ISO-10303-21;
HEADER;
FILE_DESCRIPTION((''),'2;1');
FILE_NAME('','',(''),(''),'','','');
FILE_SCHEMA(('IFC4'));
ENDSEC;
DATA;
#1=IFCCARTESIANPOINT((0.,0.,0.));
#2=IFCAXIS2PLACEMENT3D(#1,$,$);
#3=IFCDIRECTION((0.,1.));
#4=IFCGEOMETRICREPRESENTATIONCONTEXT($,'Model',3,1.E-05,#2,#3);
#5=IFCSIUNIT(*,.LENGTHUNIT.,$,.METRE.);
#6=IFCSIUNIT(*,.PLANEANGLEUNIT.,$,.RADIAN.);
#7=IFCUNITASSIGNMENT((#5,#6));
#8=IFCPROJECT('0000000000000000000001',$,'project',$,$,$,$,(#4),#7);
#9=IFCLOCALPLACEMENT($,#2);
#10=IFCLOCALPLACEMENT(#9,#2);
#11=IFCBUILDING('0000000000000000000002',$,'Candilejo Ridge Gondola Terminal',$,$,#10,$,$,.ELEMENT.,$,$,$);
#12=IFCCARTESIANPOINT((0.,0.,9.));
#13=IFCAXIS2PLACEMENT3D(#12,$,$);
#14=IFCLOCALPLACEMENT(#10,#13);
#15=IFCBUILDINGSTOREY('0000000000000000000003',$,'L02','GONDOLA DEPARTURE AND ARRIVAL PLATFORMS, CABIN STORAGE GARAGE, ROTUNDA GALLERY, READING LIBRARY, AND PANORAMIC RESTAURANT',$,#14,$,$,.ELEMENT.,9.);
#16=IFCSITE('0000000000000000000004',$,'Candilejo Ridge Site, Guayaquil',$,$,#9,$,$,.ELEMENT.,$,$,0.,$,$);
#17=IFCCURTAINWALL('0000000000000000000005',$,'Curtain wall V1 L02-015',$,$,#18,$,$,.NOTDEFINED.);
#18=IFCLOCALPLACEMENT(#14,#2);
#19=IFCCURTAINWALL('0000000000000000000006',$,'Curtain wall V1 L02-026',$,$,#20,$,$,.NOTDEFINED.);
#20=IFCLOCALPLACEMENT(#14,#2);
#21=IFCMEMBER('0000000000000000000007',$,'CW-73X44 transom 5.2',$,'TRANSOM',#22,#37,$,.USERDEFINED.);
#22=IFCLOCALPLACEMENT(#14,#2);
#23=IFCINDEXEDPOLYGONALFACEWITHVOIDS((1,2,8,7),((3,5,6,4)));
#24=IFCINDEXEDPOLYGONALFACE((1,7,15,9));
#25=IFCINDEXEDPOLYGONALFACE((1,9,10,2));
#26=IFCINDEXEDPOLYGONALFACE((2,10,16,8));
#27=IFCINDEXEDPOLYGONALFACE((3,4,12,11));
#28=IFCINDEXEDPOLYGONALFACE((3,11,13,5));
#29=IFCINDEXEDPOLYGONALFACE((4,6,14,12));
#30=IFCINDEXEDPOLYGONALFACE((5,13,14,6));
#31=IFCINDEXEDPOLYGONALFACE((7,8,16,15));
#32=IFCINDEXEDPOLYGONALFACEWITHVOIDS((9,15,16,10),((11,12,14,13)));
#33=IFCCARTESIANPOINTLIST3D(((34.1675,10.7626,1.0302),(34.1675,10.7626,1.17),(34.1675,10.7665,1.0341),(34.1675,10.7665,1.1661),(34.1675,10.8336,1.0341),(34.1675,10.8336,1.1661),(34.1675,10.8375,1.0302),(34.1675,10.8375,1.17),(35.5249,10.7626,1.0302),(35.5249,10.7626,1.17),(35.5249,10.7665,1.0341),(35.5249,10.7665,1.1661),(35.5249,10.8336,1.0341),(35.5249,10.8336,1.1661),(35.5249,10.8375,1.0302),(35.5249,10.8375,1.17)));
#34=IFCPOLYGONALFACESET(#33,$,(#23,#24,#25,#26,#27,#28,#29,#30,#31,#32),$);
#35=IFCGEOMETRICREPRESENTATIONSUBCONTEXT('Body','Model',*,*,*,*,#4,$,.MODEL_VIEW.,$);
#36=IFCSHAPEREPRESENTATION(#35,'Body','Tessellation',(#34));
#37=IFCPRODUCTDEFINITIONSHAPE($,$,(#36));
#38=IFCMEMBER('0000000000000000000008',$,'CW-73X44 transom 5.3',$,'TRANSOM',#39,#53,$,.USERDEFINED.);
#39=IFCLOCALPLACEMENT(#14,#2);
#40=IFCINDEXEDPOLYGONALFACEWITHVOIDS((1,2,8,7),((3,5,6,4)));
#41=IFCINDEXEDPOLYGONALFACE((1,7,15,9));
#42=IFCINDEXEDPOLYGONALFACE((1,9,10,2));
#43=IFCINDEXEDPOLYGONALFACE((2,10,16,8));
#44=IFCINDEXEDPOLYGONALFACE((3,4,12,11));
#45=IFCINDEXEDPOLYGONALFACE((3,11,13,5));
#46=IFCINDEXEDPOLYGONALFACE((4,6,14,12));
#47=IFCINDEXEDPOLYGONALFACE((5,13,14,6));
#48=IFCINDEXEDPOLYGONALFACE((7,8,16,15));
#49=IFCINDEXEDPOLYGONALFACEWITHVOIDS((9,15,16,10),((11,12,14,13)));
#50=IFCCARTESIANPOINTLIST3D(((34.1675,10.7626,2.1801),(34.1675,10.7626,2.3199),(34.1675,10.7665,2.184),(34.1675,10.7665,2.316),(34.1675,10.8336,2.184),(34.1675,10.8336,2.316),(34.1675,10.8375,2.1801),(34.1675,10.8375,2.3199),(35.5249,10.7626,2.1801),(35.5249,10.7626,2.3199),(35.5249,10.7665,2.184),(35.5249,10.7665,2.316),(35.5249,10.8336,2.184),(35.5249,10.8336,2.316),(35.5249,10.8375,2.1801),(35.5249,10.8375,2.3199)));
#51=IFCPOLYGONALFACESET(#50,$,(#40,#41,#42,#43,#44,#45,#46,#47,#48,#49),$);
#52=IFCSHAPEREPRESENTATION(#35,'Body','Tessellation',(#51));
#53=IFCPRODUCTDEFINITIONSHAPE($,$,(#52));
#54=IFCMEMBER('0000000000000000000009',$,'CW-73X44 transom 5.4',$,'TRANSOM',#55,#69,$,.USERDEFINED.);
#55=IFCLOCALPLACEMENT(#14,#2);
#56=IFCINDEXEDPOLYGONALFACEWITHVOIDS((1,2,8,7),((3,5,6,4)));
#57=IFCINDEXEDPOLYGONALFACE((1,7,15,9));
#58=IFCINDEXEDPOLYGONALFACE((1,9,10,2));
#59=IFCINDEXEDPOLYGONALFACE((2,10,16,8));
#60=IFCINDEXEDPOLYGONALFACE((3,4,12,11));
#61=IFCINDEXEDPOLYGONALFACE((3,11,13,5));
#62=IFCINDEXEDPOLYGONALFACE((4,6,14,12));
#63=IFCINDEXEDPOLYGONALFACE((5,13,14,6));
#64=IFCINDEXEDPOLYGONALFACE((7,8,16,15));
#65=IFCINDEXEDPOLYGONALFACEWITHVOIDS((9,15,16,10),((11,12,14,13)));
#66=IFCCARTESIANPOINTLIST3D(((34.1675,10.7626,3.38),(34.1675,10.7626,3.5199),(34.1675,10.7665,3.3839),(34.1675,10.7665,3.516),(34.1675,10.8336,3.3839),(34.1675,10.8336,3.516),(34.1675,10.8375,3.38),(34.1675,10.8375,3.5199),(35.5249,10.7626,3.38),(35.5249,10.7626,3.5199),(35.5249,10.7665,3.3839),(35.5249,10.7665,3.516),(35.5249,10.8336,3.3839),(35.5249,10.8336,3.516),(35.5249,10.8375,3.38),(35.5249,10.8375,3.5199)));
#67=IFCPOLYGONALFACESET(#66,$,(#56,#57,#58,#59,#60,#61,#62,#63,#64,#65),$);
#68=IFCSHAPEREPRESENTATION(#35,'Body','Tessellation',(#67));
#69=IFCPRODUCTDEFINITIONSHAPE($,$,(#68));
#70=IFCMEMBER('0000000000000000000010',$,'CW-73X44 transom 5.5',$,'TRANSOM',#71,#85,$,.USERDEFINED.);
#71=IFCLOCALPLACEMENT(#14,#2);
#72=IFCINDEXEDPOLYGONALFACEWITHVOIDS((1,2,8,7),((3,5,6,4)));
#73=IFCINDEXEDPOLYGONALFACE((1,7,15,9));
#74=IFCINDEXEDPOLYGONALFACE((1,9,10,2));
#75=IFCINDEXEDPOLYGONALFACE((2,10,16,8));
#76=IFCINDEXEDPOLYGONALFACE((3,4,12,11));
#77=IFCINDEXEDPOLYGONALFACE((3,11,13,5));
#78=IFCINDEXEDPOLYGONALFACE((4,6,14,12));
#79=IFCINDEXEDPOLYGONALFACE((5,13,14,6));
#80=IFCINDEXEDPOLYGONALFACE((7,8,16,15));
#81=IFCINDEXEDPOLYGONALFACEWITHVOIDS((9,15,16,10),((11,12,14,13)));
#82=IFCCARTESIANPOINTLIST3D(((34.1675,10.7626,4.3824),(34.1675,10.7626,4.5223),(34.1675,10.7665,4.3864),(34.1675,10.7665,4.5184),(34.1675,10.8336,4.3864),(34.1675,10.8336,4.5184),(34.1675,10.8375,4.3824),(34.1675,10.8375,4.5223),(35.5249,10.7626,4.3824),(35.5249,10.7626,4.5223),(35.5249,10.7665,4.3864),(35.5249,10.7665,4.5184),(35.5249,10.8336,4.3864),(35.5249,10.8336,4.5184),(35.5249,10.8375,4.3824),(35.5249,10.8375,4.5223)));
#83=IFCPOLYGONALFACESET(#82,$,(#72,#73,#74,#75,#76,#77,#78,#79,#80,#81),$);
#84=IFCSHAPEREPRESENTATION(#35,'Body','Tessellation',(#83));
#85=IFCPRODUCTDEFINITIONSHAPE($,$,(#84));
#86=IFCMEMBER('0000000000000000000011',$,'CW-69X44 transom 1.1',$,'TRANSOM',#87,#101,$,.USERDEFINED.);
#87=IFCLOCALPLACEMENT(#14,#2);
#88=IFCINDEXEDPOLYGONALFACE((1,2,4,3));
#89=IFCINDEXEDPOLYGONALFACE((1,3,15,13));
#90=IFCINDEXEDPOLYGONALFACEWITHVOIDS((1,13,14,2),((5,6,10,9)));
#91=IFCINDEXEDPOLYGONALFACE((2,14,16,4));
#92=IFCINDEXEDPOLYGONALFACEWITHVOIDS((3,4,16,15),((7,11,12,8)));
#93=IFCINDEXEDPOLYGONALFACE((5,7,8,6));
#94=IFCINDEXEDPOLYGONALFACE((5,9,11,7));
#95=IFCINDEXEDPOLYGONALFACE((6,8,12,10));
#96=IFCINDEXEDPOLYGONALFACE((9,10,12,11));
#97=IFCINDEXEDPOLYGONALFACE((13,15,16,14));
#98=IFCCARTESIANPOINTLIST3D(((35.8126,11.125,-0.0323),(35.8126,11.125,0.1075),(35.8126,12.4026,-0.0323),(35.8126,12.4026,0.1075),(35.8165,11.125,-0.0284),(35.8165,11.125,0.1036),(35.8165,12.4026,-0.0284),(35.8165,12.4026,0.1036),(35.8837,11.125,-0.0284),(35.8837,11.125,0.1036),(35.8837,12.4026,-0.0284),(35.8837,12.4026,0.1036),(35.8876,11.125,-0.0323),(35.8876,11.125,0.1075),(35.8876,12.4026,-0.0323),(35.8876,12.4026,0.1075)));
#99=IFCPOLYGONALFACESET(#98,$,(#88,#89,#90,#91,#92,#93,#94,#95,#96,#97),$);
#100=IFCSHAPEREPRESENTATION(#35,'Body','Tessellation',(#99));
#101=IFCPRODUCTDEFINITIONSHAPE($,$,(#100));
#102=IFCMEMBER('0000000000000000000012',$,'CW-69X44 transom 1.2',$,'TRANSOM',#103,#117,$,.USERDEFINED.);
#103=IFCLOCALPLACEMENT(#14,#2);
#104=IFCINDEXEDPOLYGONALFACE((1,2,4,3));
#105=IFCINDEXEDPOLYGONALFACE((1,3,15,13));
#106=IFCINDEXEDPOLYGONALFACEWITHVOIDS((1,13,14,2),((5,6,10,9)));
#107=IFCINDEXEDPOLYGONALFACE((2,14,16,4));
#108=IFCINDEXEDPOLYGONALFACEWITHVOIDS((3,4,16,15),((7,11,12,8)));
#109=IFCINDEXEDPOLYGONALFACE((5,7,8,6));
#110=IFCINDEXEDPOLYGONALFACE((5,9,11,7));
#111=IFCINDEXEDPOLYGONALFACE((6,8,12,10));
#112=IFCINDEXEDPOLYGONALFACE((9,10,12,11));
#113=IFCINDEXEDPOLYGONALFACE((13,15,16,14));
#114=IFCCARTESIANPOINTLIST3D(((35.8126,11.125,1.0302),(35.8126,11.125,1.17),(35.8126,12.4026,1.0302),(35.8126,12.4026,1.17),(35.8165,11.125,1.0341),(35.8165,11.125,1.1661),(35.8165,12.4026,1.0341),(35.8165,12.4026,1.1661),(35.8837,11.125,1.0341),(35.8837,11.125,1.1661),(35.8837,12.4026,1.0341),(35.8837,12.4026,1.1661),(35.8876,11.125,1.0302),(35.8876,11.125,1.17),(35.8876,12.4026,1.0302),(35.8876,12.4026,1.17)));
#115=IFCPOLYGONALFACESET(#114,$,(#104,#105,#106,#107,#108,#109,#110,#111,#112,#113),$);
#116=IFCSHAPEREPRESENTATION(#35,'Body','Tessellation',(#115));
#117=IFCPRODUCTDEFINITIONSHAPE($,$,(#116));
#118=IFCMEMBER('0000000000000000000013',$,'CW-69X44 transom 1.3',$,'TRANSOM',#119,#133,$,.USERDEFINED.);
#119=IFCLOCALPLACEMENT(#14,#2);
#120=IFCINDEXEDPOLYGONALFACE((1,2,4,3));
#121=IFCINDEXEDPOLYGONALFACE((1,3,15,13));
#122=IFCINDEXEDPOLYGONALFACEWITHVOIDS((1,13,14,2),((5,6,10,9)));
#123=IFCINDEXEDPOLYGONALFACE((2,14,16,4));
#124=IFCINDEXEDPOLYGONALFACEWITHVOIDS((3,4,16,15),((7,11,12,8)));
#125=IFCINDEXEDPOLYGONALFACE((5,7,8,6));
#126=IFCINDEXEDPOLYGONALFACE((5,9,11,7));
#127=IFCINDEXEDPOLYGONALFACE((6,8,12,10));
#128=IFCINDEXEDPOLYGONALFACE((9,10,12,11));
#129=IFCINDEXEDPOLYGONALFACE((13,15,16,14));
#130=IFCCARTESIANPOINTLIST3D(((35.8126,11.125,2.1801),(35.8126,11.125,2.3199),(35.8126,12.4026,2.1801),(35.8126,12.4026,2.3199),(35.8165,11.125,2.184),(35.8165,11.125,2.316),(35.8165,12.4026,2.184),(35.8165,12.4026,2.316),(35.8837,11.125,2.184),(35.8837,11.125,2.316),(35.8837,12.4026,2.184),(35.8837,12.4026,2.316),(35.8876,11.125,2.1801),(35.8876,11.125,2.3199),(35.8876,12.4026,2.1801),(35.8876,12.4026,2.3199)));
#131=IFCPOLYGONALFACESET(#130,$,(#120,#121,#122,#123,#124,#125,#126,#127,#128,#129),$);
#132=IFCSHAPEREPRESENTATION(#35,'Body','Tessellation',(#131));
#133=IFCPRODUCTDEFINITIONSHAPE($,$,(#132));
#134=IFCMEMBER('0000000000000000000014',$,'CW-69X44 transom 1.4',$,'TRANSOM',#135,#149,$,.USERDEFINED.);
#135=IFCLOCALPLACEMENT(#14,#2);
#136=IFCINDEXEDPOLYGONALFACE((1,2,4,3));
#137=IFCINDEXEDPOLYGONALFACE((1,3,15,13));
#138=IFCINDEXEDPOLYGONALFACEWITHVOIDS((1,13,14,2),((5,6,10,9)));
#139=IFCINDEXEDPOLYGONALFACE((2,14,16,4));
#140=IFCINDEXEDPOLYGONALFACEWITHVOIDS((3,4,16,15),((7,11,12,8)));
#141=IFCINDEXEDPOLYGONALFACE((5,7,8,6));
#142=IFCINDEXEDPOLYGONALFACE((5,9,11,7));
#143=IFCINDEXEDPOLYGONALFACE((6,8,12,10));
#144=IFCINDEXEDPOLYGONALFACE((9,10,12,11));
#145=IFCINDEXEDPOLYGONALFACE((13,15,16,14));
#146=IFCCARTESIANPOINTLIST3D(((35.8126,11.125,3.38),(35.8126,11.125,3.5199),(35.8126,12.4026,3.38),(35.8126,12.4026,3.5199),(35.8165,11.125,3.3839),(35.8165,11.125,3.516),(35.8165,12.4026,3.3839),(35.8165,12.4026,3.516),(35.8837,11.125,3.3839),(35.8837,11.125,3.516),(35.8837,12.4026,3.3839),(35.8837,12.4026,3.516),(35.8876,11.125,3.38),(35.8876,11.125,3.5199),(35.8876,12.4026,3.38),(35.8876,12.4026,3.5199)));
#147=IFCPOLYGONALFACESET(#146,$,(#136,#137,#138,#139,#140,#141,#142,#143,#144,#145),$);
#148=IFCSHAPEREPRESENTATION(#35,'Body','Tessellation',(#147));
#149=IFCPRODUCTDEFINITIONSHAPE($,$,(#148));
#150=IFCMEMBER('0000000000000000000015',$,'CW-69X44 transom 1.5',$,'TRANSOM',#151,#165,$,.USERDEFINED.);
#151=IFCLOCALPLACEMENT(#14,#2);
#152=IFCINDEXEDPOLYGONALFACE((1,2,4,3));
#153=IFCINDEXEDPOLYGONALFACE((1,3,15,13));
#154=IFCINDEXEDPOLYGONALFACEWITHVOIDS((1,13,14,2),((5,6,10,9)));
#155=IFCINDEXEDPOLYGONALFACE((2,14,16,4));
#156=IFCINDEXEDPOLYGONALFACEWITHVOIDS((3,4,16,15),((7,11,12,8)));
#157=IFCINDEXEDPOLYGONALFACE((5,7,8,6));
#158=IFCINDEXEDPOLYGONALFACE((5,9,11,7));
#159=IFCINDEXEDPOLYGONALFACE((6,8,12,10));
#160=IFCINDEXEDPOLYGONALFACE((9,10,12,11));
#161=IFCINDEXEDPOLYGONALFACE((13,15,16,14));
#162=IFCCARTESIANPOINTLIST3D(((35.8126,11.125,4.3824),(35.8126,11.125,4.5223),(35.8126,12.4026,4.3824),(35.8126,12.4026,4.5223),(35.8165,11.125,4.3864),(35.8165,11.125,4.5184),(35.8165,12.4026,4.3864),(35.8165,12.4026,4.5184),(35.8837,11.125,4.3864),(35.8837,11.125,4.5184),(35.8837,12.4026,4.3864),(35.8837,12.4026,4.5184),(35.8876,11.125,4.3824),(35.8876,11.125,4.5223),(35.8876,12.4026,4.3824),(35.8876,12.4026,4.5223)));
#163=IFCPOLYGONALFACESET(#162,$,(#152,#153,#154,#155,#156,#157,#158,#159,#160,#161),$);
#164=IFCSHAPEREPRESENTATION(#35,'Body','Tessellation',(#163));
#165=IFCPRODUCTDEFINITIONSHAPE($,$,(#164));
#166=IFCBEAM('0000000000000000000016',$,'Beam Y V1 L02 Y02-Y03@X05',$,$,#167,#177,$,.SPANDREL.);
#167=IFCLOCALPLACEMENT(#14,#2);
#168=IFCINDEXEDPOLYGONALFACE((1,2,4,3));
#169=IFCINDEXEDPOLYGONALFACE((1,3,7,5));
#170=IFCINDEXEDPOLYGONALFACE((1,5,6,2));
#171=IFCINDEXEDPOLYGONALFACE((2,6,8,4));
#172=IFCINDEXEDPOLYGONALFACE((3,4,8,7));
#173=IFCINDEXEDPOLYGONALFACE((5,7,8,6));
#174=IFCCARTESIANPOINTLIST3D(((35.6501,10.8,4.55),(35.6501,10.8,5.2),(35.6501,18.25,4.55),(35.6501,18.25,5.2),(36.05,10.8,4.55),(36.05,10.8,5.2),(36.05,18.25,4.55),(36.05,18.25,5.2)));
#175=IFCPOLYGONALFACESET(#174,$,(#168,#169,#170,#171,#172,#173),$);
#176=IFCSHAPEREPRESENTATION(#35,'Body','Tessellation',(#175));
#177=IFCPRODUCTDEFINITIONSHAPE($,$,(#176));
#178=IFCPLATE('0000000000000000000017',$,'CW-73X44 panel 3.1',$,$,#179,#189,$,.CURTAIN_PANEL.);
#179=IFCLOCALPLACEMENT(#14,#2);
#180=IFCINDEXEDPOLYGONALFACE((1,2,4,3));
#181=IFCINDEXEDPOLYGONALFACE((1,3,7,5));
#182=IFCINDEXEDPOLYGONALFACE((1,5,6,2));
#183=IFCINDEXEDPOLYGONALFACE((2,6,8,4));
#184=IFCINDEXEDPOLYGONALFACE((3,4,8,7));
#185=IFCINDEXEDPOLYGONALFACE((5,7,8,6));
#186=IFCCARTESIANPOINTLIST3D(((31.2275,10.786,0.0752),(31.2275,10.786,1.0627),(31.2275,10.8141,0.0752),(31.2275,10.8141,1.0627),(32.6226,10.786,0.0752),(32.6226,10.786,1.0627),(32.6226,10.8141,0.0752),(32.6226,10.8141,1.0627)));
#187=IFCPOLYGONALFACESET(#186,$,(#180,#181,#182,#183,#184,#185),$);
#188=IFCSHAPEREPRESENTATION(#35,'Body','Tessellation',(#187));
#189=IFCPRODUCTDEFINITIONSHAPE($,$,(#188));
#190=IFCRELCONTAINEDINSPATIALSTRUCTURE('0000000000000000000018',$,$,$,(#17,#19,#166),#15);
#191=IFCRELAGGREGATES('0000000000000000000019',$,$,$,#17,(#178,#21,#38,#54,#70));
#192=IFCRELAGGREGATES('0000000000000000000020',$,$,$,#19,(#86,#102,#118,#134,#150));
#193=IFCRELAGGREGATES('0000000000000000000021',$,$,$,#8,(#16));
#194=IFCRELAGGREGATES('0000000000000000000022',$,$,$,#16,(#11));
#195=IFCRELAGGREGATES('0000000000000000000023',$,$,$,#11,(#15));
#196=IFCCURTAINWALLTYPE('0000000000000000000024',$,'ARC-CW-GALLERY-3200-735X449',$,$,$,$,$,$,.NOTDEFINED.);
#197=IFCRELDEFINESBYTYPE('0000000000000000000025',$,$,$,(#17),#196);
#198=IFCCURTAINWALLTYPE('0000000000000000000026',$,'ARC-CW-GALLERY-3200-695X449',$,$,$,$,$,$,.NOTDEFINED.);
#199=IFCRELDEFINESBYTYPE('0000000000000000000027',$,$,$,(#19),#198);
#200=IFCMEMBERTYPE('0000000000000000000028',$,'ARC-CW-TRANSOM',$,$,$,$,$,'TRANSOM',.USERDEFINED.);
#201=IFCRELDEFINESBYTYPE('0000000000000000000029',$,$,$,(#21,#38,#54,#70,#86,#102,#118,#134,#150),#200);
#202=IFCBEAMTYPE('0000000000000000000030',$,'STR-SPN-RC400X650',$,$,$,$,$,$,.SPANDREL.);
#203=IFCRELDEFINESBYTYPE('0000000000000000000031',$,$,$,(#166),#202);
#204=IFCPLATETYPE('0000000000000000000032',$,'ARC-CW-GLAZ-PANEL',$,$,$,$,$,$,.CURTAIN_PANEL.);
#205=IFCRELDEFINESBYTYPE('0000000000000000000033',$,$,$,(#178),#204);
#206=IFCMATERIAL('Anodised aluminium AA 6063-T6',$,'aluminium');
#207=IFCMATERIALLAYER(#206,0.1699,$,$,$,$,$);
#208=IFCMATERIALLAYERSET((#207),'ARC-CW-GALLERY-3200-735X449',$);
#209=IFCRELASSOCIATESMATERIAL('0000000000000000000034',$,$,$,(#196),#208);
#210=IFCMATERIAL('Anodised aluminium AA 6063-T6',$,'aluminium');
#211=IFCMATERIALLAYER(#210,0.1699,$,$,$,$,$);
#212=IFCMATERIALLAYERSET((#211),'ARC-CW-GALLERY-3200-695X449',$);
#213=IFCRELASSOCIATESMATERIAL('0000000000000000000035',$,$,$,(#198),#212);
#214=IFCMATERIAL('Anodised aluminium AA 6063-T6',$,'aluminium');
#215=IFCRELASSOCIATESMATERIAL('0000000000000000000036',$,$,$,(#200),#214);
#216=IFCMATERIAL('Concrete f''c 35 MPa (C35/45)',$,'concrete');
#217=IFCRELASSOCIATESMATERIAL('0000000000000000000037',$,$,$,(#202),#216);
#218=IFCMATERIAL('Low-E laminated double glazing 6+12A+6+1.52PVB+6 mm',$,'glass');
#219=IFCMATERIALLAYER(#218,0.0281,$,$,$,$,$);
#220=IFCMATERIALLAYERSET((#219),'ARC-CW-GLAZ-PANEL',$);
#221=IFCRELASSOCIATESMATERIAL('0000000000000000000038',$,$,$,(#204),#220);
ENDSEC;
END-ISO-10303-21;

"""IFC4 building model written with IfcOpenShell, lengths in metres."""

from ifc_helpers import new_model, si_unit, direction, frame, origin, origin_2d, place, context, subcontext, project, spatial, rectangle, hollow_rectangle, extrude, material, layer, layer_set, material_profile, profile_set, type_object, element, aggregate, save


model = new_model("IFC4")

# Units and contexts
model_context = context("Model", 3, precision=1e-05, world=origin(), true_north=direction((0.0, 1.0)))
body_context = subcontext(model_context, "Body", "Model", "MODEL_VIEW")
ifc_project = project(units=[si_unit("LENGTHUNIT", "METRE"), si_unit("PLANEANGLEUNIT", "RADIAN")], contexts=[model_context])

# Site, building, storey
site_placement = place(None, origin())
site = spatial("IfcSite", under=ifc_project, at=site_placement, Name="Candilejo Ridge Site, Guayaquil", CompositionType="ELEMENT", RefElevation=0.0)
building_placement = place(site_placement, origin())
building = spatial("IfcBuilding", under=site, at=building_placement, Name="Candilejo Ridge Gondola Terminal", CompositionType="ELEMENT")
storey_placement = place(building_placement, frame((0.0, 0.0, 9.0)))
storey = spatial("IfcBuildingStorey", under=building, at=storey_placement, Name="L02", Description="GONDOLA DEPARTURE AND ARRIVAL PLATFORMS, CABIN STORAGE GARAGE, ROTUNDA GALLERY, READING LIBRARY, AND PANORAMIC RESTAURANT", CompositionType="ELEMENT", Elevation=9.0)

# Curtain wall
ifc_material_1 = material(Name="Anodised aluminium AA 6063-T6", Category="aluminium")
ifc_layer_1 = layer(ifc_material_1, 0.1699)
ifc_layer_set_1 = layer_set([ifc_layer_1], Name="ARC-CW-GALLERY-3200-735X449")
curtain_wall_type_1 = type_object("IfcCurtainWallType", Name="ARC-CW-GALLERY-3200-735X449", PredefinedType="NOTDEFINED", material=ifc_layer_set_1)
curtain_wall_1_placement = place(storey_placement, origin())
curtain_wall_1 = element("IfcCurtainWall", 1, at=curtain_wall_1_placement, inside=storey, type_object=curtain_wall_type_1, Name="Curtain wall V1 L02-015", PredefinedType="NOTDEFINED")

# Curtain wall
ifc_material_2 = material(Name="Anodised aluminium AA 6063-T6", Category="aluminium")
ifc_layer_2 = layer(ifc_material_2, 0.1699)
ifc_layer_set_2 = layer_set([ifc_layer_2], Name="ARC-CW-GALLERY-3200-695X449")
curtain_wall_type_2 = type_object("IfcCurtainWallType", Name="ARC-CW-GALLERY-3200-695X449", PredefinedType="NOTDEFINED", material=ifc_layer_set_2)
curtain_wall_2_placement = place(storey_placement, origin())
curtain_wall_2 = element("IfcCurtainWall", 2, at=curtain_wall_2_placement, inside=storey, type_object=curtain_wall_type_2, Name="Curtain wall V1 L02-026", PredefinedType="NOTDEFINED")

# Members
ifc_material_3 = material(Name="Anodised aluminium AA 6063-T6", Category="aluminium")
ifc_material_profile_1 = material_profile(ifc_material_3, hollow_rectangle(XDim=0.075, YDim=0.1399, WallThickness=0.0039, at=origin_2d()))
ifc_profile_set_1 = profile_set([ifc_material_profile_1], Name="Anodised aluminium AA 6063-T6")
member_type_1 = type_object("IfcMemberType", Name="ARC-CW-TRANSOM", ElementType="TRANSOM", PredefinedType="USERDEFINED", material=ifc_profile_set_1)
member_1_placement = place(storey_placement, frame((34.1675, 10.8, 1.1001), z_axis=(1.0, 0.0, 0.0), x_axis=(0.0, 1.0, 0.0)))
member_1 = element("IfcMember", 3, at=member_1_placement, type_object=member_type_1, Name="CW-73X44 transom 5.2", ObjectType="TRANSOM", PredefinedType="USERDEFINED", context=body_context, shape_type="SweptSolid", body=[
    extrude(hollow_rectangle(XDim=0.075, YDim=0.1399, WallThickness=0.0039, at=origin_2d()), origin(), (0.0, 0.0, 1.0), 1.3574),
])
member_2_placement = place(storey_placement, frame((34.1675, 10.8, 2.25), z_axis=(1.0, 0.0, 0.0), x_axis=(0.0, 1.0, 0.0)))
member_2 = element("IfcMember", 4, at=member_2_placement, type_object=member_type_1, Name="CW-73X44 transom 5.3", ObjectType="TRANSOM", PredefinedType="USERDEFINED", context=body_context, shape_type="SweptSolid", body=[
    extrude(hollow_rectangle(XDim=0.075, YDim=0.1399, WallThickness=0.0039, at=origin_2d()), origin(), (0.0, 0.0, 1.0), 1.3574),
])
member_3_placement = place(storey_placement, frame((34.1675, 10.8, 3.45), z_axis=(1.0, 0.0, 0.0), x_axis=(0.0, 1.0, 0.0)))
member_3 = element("IfcMember", 5, at=member_3_placement, type_object=member_type_1, Name="CW-73X44 transom 5.4", ObjectType="TRANSOM", PredefinedType="USERDEFINED", context=body_context, shape_type="SweptSolid", body=[
    extrude(hollow_rectangle(XDim=0.075, YDim=0.1399, WallThickness=0.0039, at=origin_2d()), origin(), (0.0, 0.0, 1.0), 1.3574),
])
member_4_placement = place(storey_placement, frame((34.1675, 10.8, 4.4524), z_axis=(1.0, 0.0, 0.0), x_axis=(0.0, 1.0, 0.0)))
member_4 = element("IfcMember", 6, at=member_4_placement, type_object=member_type_1, Name="CW-73X44 transom 5.5", ObjectType="TRANSOM", PredefinedType="USERDEFINED", context=body_context, shape_type="SweptSolid", body=[
    extrude(hollow_rectangle(XDim=0.075, YDim=0.1399, WallThickness=0.0039, at=origin_2d()), origin(), (0.0, 0.0, 1.0), 1.3574),
])
member_5_placement = place(storey_placement, frame((35.8501, 11.125, 0.0376), z_axis=(0.0, 1.0, 0.0), x_axis=(-1.0, 0.0, 0.0)))
member_5 = element("IfcMember", 7, at=member_5_placement, type_object=member_type_1, Name="CW-69X44 transom 1.1", ObjectType="TRANSOM", PredefinedType="USERDEFINED", context=body_context, shape_type="SweptSolid", body=[
    extrude(hollow_rectangle(XDim=0.075, YDim=0.1399, WallThickness=0.0039, at=origin_2d()), origin(), (0.0, 0.0, 1.0), 1.2776),
])
member_6_placement = place(storey_placement, frame((35.8501, 11.125, 1.1001), z_axis=(0.0, 1.0, 0.0), x_axis=(-1.0, 0.0, 0.0)))
member_6 = element("IfcMember", 8, at=member_6_placement, type_object=member_type_1, Name="CW-69X44 transom 1.2", ObjectType="TRANSOM", PredefinedType="USERDEFINED", context=body_context, shape_type="SweptSolid", body=[
    extrude(hollow_rectangle(XDim=0.075, YDim=0.1399, WallThickness=0.0039, at=origin_2d()), origin(), (0.0, 0.0, 1.0), 1.2776),
])
member_7_placement = place(storey_placement, frame((35.8501, 11.125, 2.25), z_axis=(0.0, 1.0, 0.0), x_axis=(-1.0, 0.0, 0.0)))
member_7 = element("IfcMember", 9, at=member_7_placement, type_object=member_type_1, Name="CW-69X44 transom 1.3", ObjectType="TRANSOM", PredefinedType="USERDEFINED", context=body_context, shape_type="SweptSolid", body=[
    extrude(hollow_rectangle(XDim=0.075, YDim=0.1399, WallThickness=0.0039, at=origin_2d()), origin(), (0.0, 0.0, 1.0), 1.2776),
])
member_8_placement = place(storey_placement, frame((35.8501, 11.125, 3.45), z_axis=(0.0, 1.0, 0.0), x_axis=(-1.0, 0.0, 0.0)))
member_8 = element("IfcMember", 10, at=member_8_placement, type_object=member_type_1, Name="CW-69X44 transom 1.4", ObjectType="TRANSOM", PredefinedType="USERDEFINED", context=body_context, shape_type="SweptSolid", body=[
    extrude(hollow_rectangle(XDim=0.075, YDim=0.1399, WallThickness=0.0039, at=origin_2d()), origin(), (0.0, 0.0, 1.0), 1.2776),
])
member_9_placement = place(storey_placement, frame((35.8501, 11.125, 4.4524), z_axis=(0.0, 1.0, 0.0), x_axis=(-1.0, 0.0, 0.0)))
member_9 = element("IfcMember", 11, at=member_9_placement, type_object=member_type_1, Name="CW-69X44 transom 1.5", ObjectType="TRANSOM", PredefinedType="USERDEFINED", context=body_context, shape_type="SweptSolid", body=[
    extrude(hollow_rectangle(XDim=0.075, YDim=0.1399, WallThickness=0.0039, at=origin_2d()), origin(), (0.0, 0.0, 1.0), 1.2776),
])

# Beam
ifc_material_4 = material(Name="Concrete f'c 35 MPa (C35/45)", Category="concrete")
ifc_material_profile_2 = material_profile(ifc_material_4, rectangle(XDim=0.3999, YDim=0.6499, at=origin_2d()))
ifc_profile_set_2 = profile_set([ifc_material_profile_2], Name="Concrete f'c 35 MPa (C35/45)")
beam_type = type_object("IfcBeamType", Name="STR-SPN-RC400X650", PredefinedType="SPANDREL", material=ifc_profile_set_2)
beam_placement = place(storey_placement, frame((35.8501, 10.8, 4.875), z_axis=(0.0, 1.0, 0.0), x_axis=(-1.0, 0.0, 0.0)))
element("IfcBeam", 12, at=beam_placement, inside=storey, type_object=beam_type, Name="Beam Y V1 L02 Y02-Y03@X05", PredefinedType="SPANDREL", context=body_context, shape_type="SweptSolid", body=[
    extrude(rectangle(XDim=0.3999, YDim=0.6499, at=origin_2d()), origin(), (0.0, 0.0, 1.0), 7.45),
])

# Plate
ifc_material_5 = material(Name="Low-E laminated double glazing 6+12A+6+1.52PVB+6 mm", Category="glass")
ifc_layer_3 = layer(ifc_material_5, 0.0281)
ifc_layer_set_3 = layer_set([ifc_layer_3], Name="ARC-CW-GLAZ-PANEL")
plate_type_1 = type_object("IfcPlateType", Name="ARC-CW-GLAZ-PANEL", PredefinedType="CURTAIN_PANEL", material=ifc_layer_set_3)
plate_1_placement = place(storey_placement, frame((31.925, 10.8, 0.0752), z_axis=(0.0, 0.0, 1.0), x_axis=(1.0, 0.0, 0.0)))
plate_1 = element("IfcPlate", 13, at=plate_1_placement, type_object=plate_type_1, Name="CW-73X44 panel 3.1", PredefinedType="CURTAIN_PANEL", context=body_context, shape_type="SweptSolid", body=[
    extrude(rectangle(XDim=1.395, YDim=0.0281, at=origin_2d()), origin(), (0.0, 0.0, 1.0), 0.9875),
])
aggregate(curtain_wall_1, [plate_1, member_1, member_2, member_3, member_4])
aggregate(curtain_wall_2, [member_5, member_6, member_7, member_8, member_9])

save(model, "model.ifc")
